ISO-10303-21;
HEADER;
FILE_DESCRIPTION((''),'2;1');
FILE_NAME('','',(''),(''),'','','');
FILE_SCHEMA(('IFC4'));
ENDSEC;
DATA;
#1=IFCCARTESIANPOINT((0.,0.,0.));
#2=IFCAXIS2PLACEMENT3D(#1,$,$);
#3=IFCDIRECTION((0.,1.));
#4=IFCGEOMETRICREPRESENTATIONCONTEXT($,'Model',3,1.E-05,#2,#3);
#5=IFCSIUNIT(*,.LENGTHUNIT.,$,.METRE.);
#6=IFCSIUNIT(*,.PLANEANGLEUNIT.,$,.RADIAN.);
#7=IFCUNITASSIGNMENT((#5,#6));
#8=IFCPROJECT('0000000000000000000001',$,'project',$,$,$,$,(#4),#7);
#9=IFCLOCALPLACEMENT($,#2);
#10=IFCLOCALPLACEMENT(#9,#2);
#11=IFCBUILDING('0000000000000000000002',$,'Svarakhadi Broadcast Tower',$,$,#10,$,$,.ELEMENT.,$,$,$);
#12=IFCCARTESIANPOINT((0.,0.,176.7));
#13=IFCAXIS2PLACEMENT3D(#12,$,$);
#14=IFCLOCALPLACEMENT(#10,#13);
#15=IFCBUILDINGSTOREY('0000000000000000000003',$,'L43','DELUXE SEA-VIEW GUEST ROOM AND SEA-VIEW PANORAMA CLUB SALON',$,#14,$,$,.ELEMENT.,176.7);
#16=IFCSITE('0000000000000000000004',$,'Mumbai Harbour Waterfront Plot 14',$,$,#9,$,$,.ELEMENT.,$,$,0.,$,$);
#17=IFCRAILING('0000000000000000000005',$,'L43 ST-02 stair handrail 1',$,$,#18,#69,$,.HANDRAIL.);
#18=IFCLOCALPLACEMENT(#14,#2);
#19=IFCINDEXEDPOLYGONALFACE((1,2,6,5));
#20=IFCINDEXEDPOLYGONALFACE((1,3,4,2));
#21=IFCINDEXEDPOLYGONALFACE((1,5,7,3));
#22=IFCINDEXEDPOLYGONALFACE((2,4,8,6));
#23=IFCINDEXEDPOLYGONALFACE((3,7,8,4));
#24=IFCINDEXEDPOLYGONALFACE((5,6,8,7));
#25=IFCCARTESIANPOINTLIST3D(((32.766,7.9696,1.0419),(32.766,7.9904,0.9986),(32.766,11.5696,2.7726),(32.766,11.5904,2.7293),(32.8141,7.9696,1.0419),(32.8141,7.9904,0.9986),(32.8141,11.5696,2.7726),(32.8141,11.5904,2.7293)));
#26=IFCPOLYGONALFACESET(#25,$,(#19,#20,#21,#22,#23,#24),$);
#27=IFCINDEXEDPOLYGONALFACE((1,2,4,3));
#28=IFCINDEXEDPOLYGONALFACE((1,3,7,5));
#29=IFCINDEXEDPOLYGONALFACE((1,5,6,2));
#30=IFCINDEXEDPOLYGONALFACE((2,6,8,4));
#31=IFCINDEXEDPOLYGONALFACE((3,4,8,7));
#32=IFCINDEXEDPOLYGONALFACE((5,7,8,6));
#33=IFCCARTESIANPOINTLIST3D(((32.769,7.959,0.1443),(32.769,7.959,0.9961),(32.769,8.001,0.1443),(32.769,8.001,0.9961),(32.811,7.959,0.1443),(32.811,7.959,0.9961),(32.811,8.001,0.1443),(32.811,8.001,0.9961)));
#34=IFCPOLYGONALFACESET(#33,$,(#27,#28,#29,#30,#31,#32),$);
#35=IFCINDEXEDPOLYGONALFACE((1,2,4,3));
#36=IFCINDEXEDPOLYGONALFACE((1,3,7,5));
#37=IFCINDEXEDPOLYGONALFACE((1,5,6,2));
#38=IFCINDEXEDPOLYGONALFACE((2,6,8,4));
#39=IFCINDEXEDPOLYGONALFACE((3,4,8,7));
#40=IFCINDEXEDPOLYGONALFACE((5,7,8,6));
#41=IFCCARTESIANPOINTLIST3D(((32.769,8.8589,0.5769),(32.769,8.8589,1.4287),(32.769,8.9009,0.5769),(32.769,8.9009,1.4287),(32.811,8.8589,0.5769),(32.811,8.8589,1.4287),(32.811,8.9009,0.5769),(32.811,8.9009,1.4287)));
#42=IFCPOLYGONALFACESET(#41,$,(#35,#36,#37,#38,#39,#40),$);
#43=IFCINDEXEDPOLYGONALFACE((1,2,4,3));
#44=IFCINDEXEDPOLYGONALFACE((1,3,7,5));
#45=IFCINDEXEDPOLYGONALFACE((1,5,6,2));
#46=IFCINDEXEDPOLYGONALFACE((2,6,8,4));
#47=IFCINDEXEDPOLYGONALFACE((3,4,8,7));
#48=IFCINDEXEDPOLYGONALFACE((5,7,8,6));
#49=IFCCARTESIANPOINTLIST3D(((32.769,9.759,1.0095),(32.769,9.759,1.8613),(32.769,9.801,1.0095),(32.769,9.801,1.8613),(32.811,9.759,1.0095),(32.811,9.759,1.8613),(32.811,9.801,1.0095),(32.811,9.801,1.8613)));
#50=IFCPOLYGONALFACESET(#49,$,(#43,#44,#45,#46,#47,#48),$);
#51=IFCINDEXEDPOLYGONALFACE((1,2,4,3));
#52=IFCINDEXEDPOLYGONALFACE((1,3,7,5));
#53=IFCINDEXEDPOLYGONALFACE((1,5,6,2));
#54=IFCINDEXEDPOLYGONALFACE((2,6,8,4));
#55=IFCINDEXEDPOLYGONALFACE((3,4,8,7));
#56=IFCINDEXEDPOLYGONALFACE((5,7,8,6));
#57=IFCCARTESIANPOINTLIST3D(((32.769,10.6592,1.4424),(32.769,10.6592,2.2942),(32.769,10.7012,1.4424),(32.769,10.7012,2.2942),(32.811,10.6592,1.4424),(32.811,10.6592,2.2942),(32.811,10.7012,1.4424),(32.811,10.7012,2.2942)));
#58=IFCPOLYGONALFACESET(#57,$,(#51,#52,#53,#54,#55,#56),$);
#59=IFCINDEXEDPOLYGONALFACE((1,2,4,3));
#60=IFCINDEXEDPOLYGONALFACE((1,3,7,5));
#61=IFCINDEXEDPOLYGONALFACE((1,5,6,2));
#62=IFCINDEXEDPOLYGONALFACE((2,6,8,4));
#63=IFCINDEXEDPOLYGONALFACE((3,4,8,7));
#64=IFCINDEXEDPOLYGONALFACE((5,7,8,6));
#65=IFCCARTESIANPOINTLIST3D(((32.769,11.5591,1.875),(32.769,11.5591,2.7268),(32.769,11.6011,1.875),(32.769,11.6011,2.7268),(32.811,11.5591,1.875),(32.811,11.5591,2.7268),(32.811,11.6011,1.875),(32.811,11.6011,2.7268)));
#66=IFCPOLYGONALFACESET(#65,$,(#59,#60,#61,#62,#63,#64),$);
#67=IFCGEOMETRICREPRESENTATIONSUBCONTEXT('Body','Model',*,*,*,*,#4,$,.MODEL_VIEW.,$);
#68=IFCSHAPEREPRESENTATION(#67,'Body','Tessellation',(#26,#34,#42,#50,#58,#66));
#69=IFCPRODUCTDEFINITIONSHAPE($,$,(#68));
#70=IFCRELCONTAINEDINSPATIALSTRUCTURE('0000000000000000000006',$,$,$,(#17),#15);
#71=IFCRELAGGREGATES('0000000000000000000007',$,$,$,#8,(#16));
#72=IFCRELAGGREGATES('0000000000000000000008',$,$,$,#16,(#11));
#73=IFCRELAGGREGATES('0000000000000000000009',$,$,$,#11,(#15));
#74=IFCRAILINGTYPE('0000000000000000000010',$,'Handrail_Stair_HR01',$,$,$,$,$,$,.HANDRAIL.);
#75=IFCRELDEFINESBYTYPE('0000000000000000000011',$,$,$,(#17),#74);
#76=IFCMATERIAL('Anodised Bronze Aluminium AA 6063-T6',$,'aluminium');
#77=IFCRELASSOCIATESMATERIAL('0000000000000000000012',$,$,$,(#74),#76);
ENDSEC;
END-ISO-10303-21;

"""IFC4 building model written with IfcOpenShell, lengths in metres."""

from ifc_helpers import new_model, si_unit, direction, frame, origin, origin_2d, place, context, subcontext, project, spatial, rectangle, extrude, material, type_object, element, save


model = new_model("IFC4")

# Units and contexts
model_context = context("Model", 3, precision=1e-05, world=origin(), true_north=direction((0.0, 1.0)))
body_context = subcontext(model_context, "Body", "Model", "MODEL_VIEW")
ifc_project = project(units=[si_unit("LENGTHUNIT", "METRE"), si_unit("PLANEANGLEUNIT", "RADIAN")], contexts=[model_context])

# Site, building, storey
site_placement = place(None, origin())
site = spatial("IfcSite", under=ifc_project, at=site_placement, Name="Mumbai Harbour Waterfront Plot 14", CompositionType="ELEMENT", RefElevation=0.0)
building_placement = place(site_placement, origin())
building = spatial("IfcBuilding", under=site, at=building_placement, Name="Svarakhadi Broadcast Tower", CompositionType="ELEMENT")
storey_placement = place(building_placement, frame((0.0, 0.0, 176.7)))
storey = spatial("IfcBuildingStorey", under=building, at=storey_placement, Name="L43", Description="DELUXE SEA-VIEW GUEST ROOM AND SEA-VIEW PANORAMA CLUB SALON", CompositionType="ELEMENT", Elevation=176.7)

# Shared definitions
ifc_material_1 = material(Name="Anodised Bronze Aluminium AA 6063-T6", Category="aluminium")

# Railing
railing_type_1 = type_object("IfcRailingType", Name="Handrail_Stair_HR01", PredefinedType="HANDRAIL", material=ifc_material_1)
railing_1_placement = place(storey_placement, frame((32.79, 7.98, 0.1443)))
element("IfcRailing", 1, at=railing_1_placement, inside=storey, type_object=railing_type_1, Name="L43 ST-02 stair handrail 1", PredefinedType="HANDRAIL", context=body_context, shape_type="SweptSolid", body=[
    extrude(rectangle(XDim=0.0481, YDim=0.0481, at=origin_2d()), frame((0.0, 0.0, 0.876), z_axis=(0.0, 0.901263, 0.433273), x_axis=(-1.0, 0.0, 0.0)), (0.0, 0.0, 1.0), 3.9944),
    extrude(rectangle(XDim=0.042, YDim=0.042, at=origin_2d()), origin(), (0.0, 0.0, 1.0), 0.8518),
    extrude(rectangle(XDim=0.042, YDim=0.042, at=origin_2d()), frame((0.0, 0.8999, 0.4326)), (0.0, 0.0, 1.0), 0.8518),
    extrude(rectangle(XDim=0.042, YDim=0.042, at=origin_2d()), frame((0.0, 1.8, 0.8652)), (0.0, 0.0, 1.0), 0.8518),
    extrude(rectangle(XDim=0.042, YDim=0.042, at=origin_2d()), frame((0.0, 2.7002, 1.2981)), (0.0, 0.0, 1.0), 0.8518),
    extrude(rectangle(XDim=0.042, YDim=0.042, at=origin_2d()), frame((0.0, 3.6001, 1.7307)), (0.0, 0.0, 1.0), 0.8518),
])

save(model, "model.ifc")
